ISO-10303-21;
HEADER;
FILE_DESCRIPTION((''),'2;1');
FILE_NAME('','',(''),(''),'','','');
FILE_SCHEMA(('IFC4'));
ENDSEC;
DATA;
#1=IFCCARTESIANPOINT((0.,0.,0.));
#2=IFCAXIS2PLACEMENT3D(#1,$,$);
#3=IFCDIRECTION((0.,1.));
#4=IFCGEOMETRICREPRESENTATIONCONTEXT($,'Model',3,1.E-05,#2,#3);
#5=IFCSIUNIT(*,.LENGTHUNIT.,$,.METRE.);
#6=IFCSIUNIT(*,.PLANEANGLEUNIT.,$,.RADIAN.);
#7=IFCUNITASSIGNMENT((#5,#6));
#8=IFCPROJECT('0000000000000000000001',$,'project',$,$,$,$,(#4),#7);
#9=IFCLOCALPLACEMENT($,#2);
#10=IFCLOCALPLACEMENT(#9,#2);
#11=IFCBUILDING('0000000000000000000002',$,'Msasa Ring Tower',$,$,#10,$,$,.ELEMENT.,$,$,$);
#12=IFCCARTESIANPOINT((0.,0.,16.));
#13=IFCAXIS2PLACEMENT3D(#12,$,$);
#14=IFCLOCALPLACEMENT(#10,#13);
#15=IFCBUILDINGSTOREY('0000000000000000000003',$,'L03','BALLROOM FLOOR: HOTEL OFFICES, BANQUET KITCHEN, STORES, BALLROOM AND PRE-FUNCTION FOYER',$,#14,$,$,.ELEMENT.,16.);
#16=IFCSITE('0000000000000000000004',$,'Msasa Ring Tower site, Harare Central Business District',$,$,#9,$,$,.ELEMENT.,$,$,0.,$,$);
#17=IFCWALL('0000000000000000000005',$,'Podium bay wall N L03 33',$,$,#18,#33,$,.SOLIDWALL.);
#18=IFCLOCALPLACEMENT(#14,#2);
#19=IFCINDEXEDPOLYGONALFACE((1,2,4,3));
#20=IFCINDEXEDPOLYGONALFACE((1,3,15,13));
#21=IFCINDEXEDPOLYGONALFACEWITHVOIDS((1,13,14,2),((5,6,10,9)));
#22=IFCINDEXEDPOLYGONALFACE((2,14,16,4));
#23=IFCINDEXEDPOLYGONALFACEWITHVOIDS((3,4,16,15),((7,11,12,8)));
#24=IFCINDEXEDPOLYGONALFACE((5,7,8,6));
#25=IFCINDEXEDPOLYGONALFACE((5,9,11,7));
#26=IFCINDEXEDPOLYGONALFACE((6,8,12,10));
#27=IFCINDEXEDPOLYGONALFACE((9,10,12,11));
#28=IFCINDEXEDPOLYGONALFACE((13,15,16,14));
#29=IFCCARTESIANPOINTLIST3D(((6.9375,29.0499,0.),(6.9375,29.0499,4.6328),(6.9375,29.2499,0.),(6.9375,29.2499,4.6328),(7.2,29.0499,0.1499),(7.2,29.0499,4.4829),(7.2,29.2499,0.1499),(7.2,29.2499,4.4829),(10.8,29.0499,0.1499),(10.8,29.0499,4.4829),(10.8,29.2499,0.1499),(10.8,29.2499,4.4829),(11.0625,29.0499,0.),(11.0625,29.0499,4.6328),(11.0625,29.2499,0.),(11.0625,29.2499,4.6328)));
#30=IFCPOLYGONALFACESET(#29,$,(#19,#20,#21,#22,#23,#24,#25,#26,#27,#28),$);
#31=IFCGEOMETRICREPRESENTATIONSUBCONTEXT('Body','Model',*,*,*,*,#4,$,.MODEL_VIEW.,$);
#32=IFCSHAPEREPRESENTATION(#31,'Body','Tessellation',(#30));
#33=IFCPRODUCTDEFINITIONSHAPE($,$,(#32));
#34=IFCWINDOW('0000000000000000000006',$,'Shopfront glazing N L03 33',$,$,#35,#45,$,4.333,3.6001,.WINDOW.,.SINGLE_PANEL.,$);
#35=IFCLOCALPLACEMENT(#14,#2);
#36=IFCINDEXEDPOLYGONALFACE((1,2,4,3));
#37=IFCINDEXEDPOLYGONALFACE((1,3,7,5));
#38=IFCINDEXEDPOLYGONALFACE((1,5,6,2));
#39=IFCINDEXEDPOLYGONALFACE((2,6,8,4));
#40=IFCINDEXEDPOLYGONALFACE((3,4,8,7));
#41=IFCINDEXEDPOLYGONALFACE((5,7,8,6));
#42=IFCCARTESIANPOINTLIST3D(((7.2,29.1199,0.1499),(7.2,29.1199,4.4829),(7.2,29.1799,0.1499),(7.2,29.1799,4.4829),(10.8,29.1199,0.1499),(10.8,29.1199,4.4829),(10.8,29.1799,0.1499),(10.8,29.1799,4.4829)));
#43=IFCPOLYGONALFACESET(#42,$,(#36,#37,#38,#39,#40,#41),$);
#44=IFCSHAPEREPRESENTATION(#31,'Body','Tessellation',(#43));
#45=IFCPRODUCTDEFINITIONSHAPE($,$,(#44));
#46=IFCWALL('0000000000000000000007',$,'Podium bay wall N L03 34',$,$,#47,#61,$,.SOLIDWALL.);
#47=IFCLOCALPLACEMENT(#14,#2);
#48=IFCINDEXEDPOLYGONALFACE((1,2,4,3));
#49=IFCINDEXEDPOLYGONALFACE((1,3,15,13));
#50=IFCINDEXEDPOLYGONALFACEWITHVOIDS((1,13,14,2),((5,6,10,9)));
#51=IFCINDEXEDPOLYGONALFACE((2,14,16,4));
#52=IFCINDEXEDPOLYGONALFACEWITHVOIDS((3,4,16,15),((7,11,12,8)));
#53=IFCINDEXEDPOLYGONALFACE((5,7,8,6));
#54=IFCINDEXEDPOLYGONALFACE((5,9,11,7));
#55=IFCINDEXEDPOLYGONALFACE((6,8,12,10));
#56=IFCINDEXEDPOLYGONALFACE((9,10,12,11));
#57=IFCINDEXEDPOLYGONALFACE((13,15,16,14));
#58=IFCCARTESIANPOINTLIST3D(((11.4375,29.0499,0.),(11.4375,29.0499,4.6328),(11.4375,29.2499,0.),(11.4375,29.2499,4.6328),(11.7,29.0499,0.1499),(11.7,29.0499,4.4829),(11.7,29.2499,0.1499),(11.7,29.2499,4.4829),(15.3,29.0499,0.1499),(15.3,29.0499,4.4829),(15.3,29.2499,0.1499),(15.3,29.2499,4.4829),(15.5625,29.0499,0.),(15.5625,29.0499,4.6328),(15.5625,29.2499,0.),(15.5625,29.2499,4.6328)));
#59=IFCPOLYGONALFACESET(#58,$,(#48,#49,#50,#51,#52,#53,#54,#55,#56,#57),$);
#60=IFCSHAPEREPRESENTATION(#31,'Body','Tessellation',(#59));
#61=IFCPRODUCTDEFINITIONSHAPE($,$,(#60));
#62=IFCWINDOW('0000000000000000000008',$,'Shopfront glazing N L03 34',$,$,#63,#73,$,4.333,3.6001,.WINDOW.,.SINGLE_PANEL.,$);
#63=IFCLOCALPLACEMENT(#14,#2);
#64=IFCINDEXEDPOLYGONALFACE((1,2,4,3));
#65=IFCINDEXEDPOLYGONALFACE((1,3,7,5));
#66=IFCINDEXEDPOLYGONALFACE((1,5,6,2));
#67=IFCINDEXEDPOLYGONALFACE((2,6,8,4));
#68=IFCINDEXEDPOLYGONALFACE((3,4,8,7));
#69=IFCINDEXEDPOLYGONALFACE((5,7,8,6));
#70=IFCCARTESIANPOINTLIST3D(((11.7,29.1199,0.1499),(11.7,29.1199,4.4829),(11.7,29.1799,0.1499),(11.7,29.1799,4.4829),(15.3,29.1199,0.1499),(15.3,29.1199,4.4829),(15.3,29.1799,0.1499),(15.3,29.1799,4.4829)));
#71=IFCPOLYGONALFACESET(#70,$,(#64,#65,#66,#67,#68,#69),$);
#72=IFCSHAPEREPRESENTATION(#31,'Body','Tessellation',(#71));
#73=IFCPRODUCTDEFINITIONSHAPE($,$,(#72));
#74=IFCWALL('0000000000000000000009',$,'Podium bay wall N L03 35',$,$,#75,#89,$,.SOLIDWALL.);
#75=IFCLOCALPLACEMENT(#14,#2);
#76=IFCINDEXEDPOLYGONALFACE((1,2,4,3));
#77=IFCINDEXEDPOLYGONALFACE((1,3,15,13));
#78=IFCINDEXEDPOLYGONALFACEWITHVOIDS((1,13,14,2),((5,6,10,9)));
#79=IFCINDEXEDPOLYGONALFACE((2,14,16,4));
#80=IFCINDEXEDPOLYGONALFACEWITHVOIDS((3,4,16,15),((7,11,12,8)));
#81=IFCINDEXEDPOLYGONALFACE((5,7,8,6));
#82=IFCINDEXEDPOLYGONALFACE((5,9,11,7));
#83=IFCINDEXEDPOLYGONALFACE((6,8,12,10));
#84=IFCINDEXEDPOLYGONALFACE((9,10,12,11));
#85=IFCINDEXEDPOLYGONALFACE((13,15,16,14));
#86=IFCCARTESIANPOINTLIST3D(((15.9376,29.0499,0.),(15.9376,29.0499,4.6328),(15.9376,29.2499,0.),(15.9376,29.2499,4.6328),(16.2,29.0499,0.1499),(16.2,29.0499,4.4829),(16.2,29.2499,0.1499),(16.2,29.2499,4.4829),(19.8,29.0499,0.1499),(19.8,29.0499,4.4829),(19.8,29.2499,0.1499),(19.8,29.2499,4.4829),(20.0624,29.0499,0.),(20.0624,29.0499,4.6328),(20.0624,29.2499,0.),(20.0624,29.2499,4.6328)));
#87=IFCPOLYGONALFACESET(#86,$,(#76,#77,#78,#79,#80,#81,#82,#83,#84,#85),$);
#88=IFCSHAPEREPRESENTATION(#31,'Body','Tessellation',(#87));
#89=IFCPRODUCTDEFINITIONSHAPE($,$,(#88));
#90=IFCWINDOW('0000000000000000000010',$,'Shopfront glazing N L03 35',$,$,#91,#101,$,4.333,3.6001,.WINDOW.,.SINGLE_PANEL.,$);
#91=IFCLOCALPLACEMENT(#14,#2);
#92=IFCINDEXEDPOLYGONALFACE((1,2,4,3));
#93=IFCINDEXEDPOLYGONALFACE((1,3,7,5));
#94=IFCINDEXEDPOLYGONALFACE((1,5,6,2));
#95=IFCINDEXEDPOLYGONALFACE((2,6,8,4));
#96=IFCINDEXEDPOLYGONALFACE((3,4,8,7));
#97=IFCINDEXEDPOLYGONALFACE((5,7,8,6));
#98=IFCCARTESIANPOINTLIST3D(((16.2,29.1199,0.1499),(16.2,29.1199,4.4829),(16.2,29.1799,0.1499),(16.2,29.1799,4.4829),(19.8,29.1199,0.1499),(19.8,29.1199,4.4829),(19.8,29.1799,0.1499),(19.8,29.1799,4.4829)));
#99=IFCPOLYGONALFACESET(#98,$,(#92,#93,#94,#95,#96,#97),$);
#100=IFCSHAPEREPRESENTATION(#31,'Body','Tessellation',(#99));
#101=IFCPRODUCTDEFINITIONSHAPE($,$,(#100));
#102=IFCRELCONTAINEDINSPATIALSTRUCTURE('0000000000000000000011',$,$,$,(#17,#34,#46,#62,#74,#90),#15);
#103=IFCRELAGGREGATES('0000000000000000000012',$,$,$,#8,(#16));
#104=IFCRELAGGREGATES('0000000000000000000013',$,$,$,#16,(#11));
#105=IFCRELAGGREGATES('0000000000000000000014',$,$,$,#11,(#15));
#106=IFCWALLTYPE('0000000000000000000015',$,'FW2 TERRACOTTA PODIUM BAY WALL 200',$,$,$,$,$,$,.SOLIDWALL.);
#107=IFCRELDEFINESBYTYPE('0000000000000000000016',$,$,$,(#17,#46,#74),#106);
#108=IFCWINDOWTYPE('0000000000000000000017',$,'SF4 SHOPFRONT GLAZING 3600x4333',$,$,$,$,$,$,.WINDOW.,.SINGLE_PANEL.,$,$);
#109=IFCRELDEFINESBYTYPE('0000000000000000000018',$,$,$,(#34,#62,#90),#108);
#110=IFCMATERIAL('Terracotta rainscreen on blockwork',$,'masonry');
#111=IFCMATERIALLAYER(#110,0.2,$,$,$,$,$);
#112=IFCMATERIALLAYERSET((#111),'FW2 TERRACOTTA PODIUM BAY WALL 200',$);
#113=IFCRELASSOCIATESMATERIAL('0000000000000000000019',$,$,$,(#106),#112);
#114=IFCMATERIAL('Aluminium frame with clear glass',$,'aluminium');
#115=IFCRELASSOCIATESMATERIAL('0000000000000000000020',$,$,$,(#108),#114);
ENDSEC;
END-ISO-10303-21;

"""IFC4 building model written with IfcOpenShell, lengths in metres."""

from ifc_helpers import new_model, si_unit, direction, frame, frame_2d, origin, place, context, subcontext, project, spatial, rectangle, extrude, material, layer, layer_set, type_object, element, fill, save


model = new_model("IFC4")

# Units and contexts
model_context = context("Model", 3, precision=1e-05, world=origin(), true_north=direction((0.0, 1.0)))
body_context = subcontext(model_context, "Body", "Model", "MODEL_VIEW")
ifc_project = project(units=[si_unit("LENGTHUNIT", "METRE"), si_unit("PLANEANGLEUNIT", "RADIAN")], contexts=[model_context])

# Site, building, storey
site_placement = place(None, origin())
site = spatial("IfcSite", under=ifc_project, at=site_placement, Name="Msasa Ring Tower site, Harare Central Business District", CompositionType="ELEMENT", RefElevation=0.0)
building_placement = place(site_placement, origin())
building = spatial("IfcBuilding", under=site, at=building_placement, Name="Msasa Ring Tower", CompositionType="ELEMENT")
storey_placement = place(building_placement, frame((0.0, 0.0, 16.0)))
storey = spatial("IfcBuildingStorey", under=building, at=storey_placement, Name="L03", Description="BALLROOM FLOOR: HOTEL OFFICES, BANQUET KITCHEN, STORES, BALLROOM AND PRE-FUNCTION FOYER", CompositionType="ELEMENT", Elevation=16.0)

# Walls, openings, windows
ifc_material_1 = material(Name="Terracotta rainscreen on blockwork", Category="masonry")
ifc_layer = layer(ifc_material_1, 0.2)
ifc_layer_set = layer_set([ifc_layer], Name="FW2 TERRACOTTA PODIUM BAY WALL 200")
wall_type = type_object("IfcWallType", Name="FW2 TERRACOTTA PODIUM BAY WALL 200", PredefinedType="SOLIDWALL", material=ifc_layer_set)
ifc_material_2 = material(Name="Aluminium frame with clear glass", Category="aluminium")
window_type = type_object("IfcWindowType", Name="SF4 SHOPFRONT GLAZING 3600x4333", PartitioningType="SINGLE_PANEL", PredefinedType="WINDOW", material=ifc_material_2)
wall_1_placement = place(storey_placement, frame((6.9375, 29.1499, 0.0), z_axis=(0.0, 0.0, 1.0), x_axis=(1.0, 0.0, 0.0)))
wall_1 = element("IfcWall", 1, at=wall_1_placement, inside=storey, type_object=wall_type, Name="Podium bay wall N L03 33", PredefinedType="SOLIDWALL", context=body_context, shape_type="SweptSolid", body=[
    extrude(rectangle(XDim=4.125, YDim=0.2, at=frame_2d((2.0625, 0.0))), origin(), (0.0, 0.0, 1.0), 4.6328),
])
opening_1_placement = place(wall_1_placement, frame((0.2625, 0.0, 0.1499)))
opening_1 = element("IfcOpeningElement", 2, at=opening_1_placement, cuts=wall_1, PredefinedType="OPENING", context=body_context, shape_type="SweptSolid", body=[
    extrude(rectangle(XDim=3.6001, YDim=4.333, at=frame_2d((1.8, 2.1665))), frame((0.0, 0.1099, 0.0), z_axis=(0.0, -1.0, 0.0), x_axis=(1.0, 0.0, 0.0)), (0.0, 0.0, 1.0), 0.22),
])
window_1_placement = place(opening_1_placement, origin())
window_1 = element("IfcWindow", 3, at=window_1_placement, inside=storey, type_object=window_type, Name="Shopfront glazing N L03 33", OverallHeight=4.333, OverallWidth=3.6001, PartitioningType="SINGLE_PANEL", PredefinedType="WINDOW", context=body_context, shape_type="SweptSolid", body=[
    extrude(rectangle(XDim=3.6001, YDim=4.333, at=frame_2d((1.8, 2.1665))), frame((0.0, 0.03, 0.0), z_axis=(0.0, -1.0, 0.0), x_axis=(1.0, 0.0, 0.0)), (0.0, 0.0, 1.0), 0.0601),
])
fill(opening_1, window_1)
wall_2_placement = place(storey_placement, frame((11.4375, 29.1499, 0.0), z_axis=(0.0, 0.0, 1.0), x_axis=(1.0, 0.0, 0.0)))
wall_2 = element("IfcWall", 4, at=wall_2_placement, inside=storey, type_object=wall_type, Name="Podium bay wall N L03 34", PredefinedType="SOLIDWALL", context=body_context, shape_type="SweptSolid", body=[
    extrude(rectangle(XDim=4.125, YDim=0.2, at=frame_2d((2.0625, 0.0))), origin(), (0.0, 0.0, 1.0), 4.6328),
])
opening_2_placement = place(wall_2_placement, frame((0.2625, 0.0, 0.1499)))
opening_2 = element("IfcOpeningElement", 5, at=opening_2_placement, cuts=wall_2, PredefinedType="OPENING", context=body_context, shape_type="SweptSolid", body=[
    extrude(rectangle(XDim=3.6001, YDim=4.333, at=frame_2d((1.8, 2.1665))), frame((0.0, 0.1099, 0.0), z_axis=(0.0, -1.0, 0.0), x_axis=(1.0, 0.0, 0.0)), (0.0, 0.0, 1.0), 0.22),
])
window_2_placement = place(opening_2_placement, origin())
window_2 = element("IfcWindow", 6, at=window_2_placement, inside=storey, type_object=window_type, Name="Shopfront glazing N L03 34", OverallHeight=4.333, OverallWidth=3.6001, PartitioningType="SINGLE_PANEL", PredefinedType="WINDOW", context=body_context, shape_type="SweptSolid", body=[
    extrude(rectangle(XDim=3.6001, YDim=4.333, at=frame_2d((1.8, 2.1665))), frame((0.0, 0.03, 0.0), z_axis=(0.0, -1.0, 0.0), x_axis=(1.0, 0.0, 0.0)), (0.0, 0.0, 1.0), 0.0601),
])
fill(opening_2, window_2)
wall_3_placement = place(storey_placement, frame((15.9375, 29.1499, 0.0), z_axis=(0.0, 0.0, 1.0), x_axis=(1.0, 0.0, 0.0)))
wall_3 = element("IfcWall", 7, at=wall_3_placement, inside=storey, type_object=wall_type, Name="Podium bay wall N L03 35", PredefinedType="SOLIDWALL", context=body_context, shape_type="SweptSolid", body=[
    extrude(rectangle(XDim=4.1248, YDim=0.2, at=frame_2d((2.0625, 0.0))), origin(), (0.0, 0.0, 1.0), 4.6328),
])
opening_3_placement = place(wall_3_placement, frame((0.2625, 0.0, 0.1499)))
opening_3 = element("IfcOpeningElement", 8, at=opening_3_placement, cuts=wall_3, PredefinedType="OPENING", context=body_context, shape_type="SweptSolid", body=[
    extrude(rectangle(XDim=3.6001, YDim=4.333, at=frame_2d((1.8, 2.1665))), frame((0.0, 0.1099, 0.0), z_axis=(0.0, -1.0, 0.0), x_axis=(1.0, 0.0, 0.0)), (0.0, 0.0, 1.0), 0.22),
])
window_3_placement = place(opening_3_placement, origin())
window_3 = element("IfcWindow", 9, at=window_3_placement, inside=storey, type_object=window_type, Name="Shopfront glazing N L03 35", OverallHeight=4.333, OverallWidth=3.6001, PartitioningType="SINGLE_PANEL", PredefinedType="WINDOW", context=body_context, shape_type="SweptSolid", body=[
    extrude(rectangle(XDim=3.6001, YDim=4.333, at=frame_2d((1.8, 2.1665))), frame((0.0, 0.03, 0.0), z_axis=(0.0, -1.0, 0.0), x_axis=(1.0, 0.0, 0.0)), (0.0, 0.0, 1.0), 0.0601),
])
fill(opening_3, window_3)

save(model, "model.ifc")
